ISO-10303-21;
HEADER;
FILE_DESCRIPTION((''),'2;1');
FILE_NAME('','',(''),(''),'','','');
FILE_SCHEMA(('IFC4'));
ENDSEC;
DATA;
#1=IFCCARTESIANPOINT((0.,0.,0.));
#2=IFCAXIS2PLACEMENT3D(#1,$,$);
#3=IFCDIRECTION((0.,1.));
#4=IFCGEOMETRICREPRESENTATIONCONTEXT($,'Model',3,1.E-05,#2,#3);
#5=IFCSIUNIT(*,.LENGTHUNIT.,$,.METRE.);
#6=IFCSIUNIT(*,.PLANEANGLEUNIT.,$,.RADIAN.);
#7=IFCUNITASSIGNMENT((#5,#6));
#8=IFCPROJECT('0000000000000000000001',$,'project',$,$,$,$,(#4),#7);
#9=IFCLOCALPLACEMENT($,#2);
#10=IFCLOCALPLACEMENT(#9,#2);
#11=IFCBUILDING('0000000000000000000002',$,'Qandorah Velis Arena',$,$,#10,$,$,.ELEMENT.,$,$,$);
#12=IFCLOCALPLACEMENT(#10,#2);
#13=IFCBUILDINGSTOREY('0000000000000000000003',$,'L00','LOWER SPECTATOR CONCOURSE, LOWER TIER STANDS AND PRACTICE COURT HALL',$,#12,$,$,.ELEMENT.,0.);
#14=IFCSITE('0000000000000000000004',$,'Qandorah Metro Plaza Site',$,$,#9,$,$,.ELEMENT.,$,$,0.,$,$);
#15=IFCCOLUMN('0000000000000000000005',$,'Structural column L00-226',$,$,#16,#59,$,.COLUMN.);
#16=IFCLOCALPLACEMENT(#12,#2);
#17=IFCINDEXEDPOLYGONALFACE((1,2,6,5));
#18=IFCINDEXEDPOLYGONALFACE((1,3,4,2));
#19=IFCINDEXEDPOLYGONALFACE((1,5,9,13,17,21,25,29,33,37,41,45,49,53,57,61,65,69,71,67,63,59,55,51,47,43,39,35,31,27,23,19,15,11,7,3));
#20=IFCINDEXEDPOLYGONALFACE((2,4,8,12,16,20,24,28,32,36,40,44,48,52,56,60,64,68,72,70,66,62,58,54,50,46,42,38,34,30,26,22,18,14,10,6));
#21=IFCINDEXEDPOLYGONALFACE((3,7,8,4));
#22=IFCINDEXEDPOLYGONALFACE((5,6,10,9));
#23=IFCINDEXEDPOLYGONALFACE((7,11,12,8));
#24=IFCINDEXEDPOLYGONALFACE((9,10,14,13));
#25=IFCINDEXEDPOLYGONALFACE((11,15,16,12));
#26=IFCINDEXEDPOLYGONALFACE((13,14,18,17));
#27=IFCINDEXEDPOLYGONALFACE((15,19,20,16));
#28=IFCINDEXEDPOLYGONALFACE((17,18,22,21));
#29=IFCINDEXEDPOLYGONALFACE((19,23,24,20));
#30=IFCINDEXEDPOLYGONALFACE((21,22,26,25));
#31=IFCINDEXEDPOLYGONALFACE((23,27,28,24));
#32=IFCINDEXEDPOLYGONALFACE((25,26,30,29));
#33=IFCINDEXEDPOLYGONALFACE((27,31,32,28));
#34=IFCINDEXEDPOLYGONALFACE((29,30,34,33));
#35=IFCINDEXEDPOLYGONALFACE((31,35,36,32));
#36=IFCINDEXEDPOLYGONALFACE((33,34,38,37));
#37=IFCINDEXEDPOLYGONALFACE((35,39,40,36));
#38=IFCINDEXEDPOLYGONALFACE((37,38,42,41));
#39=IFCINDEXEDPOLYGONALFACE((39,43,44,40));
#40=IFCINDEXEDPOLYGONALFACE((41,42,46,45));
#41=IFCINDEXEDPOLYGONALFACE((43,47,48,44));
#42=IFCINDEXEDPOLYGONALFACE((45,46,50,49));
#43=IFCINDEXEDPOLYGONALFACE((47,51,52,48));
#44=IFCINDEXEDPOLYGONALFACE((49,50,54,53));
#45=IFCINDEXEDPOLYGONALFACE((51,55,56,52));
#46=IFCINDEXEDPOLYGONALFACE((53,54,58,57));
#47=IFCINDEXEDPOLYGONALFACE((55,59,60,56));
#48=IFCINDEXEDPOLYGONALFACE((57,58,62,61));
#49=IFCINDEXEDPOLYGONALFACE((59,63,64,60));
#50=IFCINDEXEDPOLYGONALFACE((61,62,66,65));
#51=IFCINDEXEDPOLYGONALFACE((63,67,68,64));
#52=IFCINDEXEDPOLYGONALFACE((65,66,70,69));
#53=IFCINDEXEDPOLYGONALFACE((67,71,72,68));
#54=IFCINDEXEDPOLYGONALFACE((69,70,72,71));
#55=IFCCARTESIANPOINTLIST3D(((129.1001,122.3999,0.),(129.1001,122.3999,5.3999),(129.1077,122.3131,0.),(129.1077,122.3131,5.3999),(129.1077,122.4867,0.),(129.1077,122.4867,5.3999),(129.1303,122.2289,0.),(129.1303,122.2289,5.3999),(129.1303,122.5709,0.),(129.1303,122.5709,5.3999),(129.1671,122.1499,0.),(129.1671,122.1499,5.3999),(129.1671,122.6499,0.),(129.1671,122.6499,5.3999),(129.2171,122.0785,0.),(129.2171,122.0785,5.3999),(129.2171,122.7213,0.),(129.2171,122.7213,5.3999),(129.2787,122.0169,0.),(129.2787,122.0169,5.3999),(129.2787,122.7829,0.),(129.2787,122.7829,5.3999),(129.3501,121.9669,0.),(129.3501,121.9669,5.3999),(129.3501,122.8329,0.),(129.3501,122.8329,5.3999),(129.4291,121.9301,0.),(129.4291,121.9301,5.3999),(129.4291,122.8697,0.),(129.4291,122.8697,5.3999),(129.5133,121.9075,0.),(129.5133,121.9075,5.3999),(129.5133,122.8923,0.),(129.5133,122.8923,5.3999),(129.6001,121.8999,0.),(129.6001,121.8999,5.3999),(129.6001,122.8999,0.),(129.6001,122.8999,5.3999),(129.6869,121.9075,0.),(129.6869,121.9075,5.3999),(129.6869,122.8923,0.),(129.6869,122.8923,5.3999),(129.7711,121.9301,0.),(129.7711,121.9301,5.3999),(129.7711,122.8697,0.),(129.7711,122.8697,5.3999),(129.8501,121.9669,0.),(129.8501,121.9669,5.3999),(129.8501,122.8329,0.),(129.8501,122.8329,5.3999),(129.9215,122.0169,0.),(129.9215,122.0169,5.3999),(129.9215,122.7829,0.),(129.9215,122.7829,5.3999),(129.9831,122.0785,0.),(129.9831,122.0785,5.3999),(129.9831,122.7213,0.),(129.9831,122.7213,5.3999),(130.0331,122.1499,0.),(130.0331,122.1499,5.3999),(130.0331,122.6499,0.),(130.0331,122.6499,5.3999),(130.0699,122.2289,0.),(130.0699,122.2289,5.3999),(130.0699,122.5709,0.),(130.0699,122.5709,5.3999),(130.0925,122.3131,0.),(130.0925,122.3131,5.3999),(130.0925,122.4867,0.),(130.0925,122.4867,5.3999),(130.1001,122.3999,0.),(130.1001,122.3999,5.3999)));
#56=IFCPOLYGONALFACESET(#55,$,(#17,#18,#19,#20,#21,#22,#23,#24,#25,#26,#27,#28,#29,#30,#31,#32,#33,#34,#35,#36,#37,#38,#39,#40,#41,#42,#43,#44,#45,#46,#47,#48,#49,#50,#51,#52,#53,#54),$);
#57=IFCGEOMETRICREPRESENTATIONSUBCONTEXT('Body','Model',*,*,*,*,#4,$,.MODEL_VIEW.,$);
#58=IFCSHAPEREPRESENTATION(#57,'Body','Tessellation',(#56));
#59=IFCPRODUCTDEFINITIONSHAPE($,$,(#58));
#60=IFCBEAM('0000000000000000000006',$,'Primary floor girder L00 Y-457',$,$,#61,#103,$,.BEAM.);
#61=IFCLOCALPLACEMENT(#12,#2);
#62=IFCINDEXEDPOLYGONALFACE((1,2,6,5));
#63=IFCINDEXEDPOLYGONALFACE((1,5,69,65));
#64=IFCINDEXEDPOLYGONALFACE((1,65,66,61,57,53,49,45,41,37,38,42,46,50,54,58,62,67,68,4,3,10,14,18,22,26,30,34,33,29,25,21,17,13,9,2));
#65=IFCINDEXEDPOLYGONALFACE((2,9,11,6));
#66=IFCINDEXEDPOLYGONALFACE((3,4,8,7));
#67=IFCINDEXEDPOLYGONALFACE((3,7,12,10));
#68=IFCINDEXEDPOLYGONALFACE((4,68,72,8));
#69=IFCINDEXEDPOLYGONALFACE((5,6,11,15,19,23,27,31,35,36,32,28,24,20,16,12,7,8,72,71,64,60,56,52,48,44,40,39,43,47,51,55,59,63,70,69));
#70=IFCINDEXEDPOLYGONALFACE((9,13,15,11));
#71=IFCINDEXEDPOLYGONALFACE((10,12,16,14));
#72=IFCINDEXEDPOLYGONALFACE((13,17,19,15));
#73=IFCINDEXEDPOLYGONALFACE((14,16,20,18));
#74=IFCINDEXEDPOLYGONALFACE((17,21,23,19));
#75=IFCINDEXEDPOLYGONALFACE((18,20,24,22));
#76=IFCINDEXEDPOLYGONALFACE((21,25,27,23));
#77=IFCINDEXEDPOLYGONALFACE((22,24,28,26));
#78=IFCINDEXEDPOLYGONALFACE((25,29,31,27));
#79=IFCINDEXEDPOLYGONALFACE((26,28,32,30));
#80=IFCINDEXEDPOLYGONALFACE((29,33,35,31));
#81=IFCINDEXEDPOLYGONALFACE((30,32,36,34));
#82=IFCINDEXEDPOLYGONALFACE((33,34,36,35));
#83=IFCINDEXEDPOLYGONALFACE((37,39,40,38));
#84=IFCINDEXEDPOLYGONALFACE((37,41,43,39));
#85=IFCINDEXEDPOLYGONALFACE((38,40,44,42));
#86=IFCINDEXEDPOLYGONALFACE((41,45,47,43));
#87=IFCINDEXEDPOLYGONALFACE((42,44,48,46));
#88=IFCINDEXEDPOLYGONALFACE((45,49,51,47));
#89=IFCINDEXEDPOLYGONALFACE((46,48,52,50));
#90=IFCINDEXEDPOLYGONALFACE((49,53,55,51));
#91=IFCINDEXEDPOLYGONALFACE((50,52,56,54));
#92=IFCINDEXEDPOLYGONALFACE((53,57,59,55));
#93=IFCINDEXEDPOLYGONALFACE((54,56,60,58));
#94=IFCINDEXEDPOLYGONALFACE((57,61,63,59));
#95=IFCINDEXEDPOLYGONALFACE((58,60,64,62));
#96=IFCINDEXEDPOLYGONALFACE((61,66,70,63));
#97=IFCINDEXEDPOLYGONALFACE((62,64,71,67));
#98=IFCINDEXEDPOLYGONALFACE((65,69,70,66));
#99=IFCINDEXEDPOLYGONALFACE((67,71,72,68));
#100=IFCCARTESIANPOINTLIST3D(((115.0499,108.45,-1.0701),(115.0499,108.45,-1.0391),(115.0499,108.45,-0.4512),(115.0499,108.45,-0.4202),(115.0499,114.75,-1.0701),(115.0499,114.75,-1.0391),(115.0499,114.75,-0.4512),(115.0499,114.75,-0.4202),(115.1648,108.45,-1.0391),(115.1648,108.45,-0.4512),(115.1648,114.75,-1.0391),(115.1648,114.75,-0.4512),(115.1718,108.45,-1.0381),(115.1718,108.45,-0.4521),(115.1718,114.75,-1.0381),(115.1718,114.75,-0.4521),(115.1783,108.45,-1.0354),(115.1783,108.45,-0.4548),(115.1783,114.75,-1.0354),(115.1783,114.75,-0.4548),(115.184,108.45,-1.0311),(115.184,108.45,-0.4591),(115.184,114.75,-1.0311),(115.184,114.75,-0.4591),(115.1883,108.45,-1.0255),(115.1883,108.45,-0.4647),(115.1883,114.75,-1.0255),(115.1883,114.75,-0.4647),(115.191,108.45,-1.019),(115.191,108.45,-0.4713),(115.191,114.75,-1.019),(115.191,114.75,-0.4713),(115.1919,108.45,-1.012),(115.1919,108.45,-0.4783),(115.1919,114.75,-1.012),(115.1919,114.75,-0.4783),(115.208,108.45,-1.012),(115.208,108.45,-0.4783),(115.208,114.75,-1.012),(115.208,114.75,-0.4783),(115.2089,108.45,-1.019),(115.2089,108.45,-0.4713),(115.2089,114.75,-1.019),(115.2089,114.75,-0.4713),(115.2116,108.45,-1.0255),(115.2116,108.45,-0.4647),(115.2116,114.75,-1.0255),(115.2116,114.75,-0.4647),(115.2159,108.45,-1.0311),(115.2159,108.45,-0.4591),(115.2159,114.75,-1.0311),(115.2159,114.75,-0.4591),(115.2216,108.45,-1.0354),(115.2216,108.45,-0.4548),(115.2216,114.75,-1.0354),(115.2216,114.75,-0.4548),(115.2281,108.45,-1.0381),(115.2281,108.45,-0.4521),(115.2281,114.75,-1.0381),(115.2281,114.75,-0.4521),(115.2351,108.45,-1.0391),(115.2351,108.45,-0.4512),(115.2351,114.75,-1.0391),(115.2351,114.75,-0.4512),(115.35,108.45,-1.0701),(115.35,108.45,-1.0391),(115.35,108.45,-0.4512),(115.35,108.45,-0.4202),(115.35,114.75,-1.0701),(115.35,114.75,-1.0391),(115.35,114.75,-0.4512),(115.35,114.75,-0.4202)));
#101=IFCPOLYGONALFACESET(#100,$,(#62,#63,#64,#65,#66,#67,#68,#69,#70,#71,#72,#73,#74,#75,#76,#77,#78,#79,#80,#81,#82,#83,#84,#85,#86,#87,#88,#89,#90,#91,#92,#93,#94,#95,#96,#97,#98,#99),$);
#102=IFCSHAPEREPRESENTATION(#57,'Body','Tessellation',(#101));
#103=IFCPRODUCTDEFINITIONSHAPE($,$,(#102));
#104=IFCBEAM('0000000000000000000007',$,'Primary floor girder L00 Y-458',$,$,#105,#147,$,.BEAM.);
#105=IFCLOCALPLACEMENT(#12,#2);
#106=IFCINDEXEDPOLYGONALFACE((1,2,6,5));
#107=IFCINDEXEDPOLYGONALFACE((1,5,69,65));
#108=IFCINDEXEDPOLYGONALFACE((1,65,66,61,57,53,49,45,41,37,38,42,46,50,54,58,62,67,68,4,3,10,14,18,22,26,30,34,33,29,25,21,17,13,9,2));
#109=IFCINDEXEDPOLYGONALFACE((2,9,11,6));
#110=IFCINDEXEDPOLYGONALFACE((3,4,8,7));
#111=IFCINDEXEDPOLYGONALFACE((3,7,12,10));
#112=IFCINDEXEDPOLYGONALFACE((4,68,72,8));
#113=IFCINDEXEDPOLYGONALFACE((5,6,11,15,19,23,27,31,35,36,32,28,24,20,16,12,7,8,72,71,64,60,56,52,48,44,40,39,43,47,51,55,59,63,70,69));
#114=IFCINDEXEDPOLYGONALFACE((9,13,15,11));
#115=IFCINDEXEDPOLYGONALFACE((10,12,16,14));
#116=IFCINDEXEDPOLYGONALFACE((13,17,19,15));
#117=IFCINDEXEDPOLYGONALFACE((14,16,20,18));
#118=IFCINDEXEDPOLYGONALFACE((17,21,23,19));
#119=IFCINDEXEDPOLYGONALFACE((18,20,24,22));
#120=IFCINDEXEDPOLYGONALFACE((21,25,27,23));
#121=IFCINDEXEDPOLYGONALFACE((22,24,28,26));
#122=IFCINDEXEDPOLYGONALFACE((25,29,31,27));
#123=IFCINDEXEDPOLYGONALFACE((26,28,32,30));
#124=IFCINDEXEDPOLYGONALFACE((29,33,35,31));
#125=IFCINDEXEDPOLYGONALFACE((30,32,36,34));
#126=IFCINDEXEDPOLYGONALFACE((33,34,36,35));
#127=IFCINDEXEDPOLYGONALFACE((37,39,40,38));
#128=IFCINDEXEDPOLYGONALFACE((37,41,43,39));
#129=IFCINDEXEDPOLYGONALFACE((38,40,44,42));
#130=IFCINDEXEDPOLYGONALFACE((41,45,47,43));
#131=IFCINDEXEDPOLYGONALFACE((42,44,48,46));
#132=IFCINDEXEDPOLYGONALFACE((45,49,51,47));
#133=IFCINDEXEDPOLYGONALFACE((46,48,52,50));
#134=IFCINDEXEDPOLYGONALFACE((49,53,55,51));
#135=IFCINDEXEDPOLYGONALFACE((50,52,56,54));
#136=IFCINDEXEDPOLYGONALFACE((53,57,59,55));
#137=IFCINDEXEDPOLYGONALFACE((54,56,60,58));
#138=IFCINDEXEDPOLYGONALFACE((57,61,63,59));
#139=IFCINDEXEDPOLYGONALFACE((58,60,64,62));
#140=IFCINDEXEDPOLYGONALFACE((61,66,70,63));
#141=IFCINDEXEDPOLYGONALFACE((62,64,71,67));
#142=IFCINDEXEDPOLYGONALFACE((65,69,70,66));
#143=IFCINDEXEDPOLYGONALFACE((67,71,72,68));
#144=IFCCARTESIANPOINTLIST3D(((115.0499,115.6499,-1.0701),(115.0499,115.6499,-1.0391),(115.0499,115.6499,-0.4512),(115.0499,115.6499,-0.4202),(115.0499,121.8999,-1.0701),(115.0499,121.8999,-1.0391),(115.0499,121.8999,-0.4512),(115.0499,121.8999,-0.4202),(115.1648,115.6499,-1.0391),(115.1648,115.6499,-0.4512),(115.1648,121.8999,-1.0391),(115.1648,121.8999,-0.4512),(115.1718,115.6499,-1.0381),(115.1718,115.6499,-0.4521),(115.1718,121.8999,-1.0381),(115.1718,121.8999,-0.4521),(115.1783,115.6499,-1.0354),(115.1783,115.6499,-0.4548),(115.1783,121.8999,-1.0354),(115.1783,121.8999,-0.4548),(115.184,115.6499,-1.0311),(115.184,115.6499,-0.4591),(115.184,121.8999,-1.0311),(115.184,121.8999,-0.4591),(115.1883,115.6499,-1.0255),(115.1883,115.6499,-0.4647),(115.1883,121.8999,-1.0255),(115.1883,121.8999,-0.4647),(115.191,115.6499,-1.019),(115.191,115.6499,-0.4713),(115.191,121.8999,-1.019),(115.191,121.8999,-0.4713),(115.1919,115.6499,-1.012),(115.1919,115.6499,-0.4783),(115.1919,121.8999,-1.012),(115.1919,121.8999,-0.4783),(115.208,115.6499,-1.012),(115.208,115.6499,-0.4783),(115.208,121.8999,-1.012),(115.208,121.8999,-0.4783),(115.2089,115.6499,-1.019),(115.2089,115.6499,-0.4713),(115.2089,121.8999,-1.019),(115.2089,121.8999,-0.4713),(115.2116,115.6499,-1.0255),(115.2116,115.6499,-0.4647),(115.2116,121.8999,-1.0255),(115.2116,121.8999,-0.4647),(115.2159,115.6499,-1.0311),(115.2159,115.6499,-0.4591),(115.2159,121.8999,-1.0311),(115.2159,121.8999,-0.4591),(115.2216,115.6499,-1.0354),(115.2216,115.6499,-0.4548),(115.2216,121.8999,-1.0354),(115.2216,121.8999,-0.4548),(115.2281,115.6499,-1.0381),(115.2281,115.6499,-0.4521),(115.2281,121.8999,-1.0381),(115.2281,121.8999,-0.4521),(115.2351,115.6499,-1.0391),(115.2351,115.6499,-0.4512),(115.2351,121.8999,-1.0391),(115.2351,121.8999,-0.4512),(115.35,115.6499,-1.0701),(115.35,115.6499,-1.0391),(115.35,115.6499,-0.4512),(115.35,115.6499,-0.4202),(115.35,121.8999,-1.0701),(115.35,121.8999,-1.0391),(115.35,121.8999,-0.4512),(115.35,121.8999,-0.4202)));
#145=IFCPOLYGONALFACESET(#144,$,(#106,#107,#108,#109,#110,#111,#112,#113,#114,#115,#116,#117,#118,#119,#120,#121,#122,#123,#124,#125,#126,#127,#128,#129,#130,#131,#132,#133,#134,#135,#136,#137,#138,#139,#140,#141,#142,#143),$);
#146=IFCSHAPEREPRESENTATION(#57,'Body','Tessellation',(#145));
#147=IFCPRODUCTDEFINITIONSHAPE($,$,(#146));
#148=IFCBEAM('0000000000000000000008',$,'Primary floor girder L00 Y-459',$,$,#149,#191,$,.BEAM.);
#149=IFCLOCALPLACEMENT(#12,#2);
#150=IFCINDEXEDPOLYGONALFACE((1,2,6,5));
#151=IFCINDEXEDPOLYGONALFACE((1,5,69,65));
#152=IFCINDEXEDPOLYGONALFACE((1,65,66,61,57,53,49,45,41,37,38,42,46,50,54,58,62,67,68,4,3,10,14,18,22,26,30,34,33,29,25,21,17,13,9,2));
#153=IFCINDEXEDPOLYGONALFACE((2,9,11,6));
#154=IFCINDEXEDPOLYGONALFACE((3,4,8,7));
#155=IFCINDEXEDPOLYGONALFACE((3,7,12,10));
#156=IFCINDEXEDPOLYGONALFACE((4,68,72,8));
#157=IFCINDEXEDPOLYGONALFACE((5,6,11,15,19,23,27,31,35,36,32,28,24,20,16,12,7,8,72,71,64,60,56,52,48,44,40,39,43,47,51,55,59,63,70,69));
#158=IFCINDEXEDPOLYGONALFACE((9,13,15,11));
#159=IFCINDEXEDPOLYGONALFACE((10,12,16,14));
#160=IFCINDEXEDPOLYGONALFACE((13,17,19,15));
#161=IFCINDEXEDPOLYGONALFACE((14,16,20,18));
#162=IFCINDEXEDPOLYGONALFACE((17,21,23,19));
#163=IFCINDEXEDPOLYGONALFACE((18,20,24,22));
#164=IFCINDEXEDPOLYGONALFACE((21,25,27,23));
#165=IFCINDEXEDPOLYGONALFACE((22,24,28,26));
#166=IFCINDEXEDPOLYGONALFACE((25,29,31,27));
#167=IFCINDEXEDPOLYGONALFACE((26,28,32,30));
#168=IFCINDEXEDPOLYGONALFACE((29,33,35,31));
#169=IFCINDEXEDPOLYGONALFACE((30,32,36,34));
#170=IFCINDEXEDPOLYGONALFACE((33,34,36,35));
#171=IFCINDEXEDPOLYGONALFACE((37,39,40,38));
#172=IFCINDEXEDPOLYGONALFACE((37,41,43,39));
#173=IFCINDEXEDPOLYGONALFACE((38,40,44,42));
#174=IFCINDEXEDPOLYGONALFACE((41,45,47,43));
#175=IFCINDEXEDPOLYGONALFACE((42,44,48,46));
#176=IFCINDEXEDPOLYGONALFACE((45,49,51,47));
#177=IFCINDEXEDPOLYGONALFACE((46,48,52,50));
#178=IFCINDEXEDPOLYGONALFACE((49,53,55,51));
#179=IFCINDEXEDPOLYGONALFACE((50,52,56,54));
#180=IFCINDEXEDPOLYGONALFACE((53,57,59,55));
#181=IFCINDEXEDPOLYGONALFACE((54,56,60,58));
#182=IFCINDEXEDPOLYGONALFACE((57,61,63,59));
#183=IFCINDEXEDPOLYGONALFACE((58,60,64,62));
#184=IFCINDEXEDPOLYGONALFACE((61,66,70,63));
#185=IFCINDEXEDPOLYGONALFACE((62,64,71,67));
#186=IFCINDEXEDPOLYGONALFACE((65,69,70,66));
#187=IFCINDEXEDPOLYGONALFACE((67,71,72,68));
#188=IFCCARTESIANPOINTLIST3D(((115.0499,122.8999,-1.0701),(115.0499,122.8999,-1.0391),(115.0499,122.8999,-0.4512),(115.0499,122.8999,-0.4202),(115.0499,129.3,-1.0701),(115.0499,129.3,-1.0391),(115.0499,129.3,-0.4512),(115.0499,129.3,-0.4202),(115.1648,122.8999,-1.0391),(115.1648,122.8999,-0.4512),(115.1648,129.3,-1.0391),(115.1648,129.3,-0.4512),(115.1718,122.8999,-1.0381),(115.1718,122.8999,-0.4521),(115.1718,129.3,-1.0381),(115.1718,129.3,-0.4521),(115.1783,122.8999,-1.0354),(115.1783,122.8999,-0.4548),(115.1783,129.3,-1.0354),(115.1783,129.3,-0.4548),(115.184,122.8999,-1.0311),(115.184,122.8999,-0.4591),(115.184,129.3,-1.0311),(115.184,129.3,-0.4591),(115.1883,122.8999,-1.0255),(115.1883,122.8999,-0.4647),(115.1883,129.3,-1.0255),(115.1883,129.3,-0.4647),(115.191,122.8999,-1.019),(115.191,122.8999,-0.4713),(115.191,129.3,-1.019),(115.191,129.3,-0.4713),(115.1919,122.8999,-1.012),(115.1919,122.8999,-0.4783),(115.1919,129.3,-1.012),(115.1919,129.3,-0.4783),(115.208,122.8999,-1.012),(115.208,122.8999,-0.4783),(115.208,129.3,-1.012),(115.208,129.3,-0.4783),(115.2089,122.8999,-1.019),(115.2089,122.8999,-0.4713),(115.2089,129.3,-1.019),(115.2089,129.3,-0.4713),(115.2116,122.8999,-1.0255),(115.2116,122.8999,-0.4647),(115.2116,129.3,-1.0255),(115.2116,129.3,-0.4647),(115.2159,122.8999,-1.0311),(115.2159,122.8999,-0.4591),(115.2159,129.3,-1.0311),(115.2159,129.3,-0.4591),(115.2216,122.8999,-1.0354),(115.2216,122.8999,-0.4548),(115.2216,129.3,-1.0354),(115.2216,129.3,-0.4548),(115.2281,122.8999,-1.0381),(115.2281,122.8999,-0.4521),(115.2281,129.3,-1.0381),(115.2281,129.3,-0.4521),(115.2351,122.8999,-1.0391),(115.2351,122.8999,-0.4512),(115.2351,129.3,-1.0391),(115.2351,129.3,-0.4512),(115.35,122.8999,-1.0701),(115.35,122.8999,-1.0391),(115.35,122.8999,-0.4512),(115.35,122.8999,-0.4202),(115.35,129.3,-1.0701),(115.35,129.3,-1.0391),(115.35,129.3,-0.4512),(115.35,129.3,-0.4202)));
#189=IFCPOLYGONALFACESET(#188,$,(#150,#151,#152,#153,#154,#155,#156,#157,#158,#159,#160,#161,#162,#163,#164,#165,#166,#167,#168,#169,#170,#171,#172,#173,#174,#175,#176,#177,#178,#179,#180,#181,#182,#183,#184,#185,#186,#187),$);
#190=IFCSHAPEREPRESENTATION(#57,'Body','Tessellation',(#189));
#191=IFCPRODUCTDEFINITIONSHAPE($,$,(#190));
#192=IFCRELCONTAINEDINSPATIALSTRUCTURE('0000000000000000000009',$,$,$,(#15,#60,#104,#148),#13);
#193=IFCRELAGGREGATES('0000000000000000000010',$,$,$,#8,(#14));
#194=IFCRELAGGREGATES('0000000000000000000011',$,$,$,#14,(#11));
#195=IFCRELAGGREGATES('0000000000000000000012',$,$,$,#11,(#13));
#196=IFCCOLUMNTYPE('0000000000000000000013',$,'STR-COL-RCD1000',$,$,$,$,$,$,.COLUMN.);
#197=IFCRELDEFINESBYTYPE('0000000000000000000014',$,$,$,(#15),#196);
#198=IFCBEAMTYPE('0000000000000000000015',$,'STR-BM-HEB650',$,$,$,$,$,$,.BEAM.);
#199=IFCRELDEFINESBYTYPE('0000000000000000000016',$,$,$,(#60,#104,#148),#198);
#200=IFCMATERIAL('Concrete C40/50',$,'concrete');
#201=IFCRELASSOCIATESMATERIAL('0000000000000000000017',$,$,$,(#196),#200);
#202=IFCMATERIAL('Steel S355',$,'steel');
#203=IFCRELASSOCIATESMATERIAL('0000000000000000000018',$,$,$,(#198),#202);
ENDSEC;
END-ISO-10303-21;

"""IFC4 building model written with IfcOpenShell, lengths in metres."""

from ifc_helpers import new_model, si_unit, direction, frame, origin, origin_2d, place, context, subcontext, project, spatial, circle, i_section, extrude, material, material_profile, profile_set, type_object, element, save


model = new_model("IFC4")

# Units and contexts
model_context = context("Model", 3, precision=1e-05, world=origin(), true_north=direction((0.0, 1.0)))
body_context = subcontext(model_context, "Body", "Model", "MODEL_VIEW")
ifc_project = project(units=[si_unit("LENGTHUNIT", "METRE"), si_unit("PLANEANGLEUNIT", "RADIAN")], contexts=[model_context])

# Site, building, storey
site_placement = place(None, origin())
site = spatial("IfcSite", under=ifc_project, at=site_placement, Name="Qandorah Metro Plaza Site", CompositionType="ELEMENT", RefElevation=0.0)
building_placement = place(site_placement, origin())
building = spatial("IfcBuilding", under=site, at=building_placement, Name="Qandorah Velis Arena", CompositionType="ELEMENT")
storey_placement = place(building_placement, origin())
storey = spatial("IfcBuildingStorey", under=building, at=storey_placement, Name="L00", Description="LOWER SPECTATOR CONCOURSE, LOWER TIER STANDS AND PRACTICE COURT HALL", CompositionType="ELEMENT", Elevation=0.0)

# Column
ifc_material_1 = material(Name="Concrete C40/50", Category="concrete")
ifc_material_profile_1 = material_profile(ifc_material_1, circle(Radius=0.5, at=origin_2d()), Name="RC D1000")
ifc_profile_set_1 = profile_set([ifc_material_profile_1], Name="Concrete C40/50")
column_type_1 = type_object("IfcColumnType", Name="STR-COL-RCD1000", PredefinedType="COLUMN", material=ifc_profile_set_1)
for number, where, z_axis, x_axis, name in (
    (1, (129.6001, 122.3999, 0.0), (0.0, 0.0, 1.0), (1.0, 0.0, 0.0), "Structural column L00-226"),
):
    element("IfcColumn", number, at=place(storey_placement, frame(where, z_axis=z_axis, x_axis=x_axis)), inside=storey, type_object=column_type_1, Name=name, PredefinedType="COLUMN", context=body_context, shape_type="SweptSolid", body=[
        extrude(circle(Radius=0.5, at=origin_2d()), origin(), (0.0, 0.0, 1.0), 5.3999),
    ])

# Beams
ifc_material_2 = material(Name="Steel S355", Category="steel")
ifc_material_profile_2 = material_profile(ifc_material_2, i_section(OverallWidth=0.3, OverallDepth=0.6499, WebThickness=0.0161, FlangeThickness=0.031, FilletRadius=0.0271, at=origin_2d()), Name="HEB 650")
ifc_profile_set_2 = profile_set([ifc_material_profile_2], Name="Steel S355")
beam_type_1 = type_object("IfcBeamType", Name="STR-BM-HEB650", PredefinedType="BEAM", material=ifc_profile_set_2)
beam_1_placement = place(storey_placement, frame((115.2, 108.45, -0.7451), z_axis=(0.0, 1.0, 0.0), x_axis=(-1.0, 0.0, 0.0)))
element("IfcBeam", 2, at=beam_1_placement, inside=storey, type_object=beam_type_1, Name="Primary floor girder L00 Y-457", PredefinedType="BEAM", context=body_context, shape_type="SweptSolid", body=[
    extrude(i_section(OverallWidth=0.3, OverallDepth=0.6499, WebThickness=0.0161, FlangeThickness=0.031, FilletRadius=0.0271, at=origin_2d()), origin(), (0.0, 0.0, 1.0), 6.3),
])
beam_2_placement = place(storey_placement, frame((115.2, 115.6499, -0.7451), z_axis=(0.0, 1.0, 0.0), x_axis=(-1.0, 0.0, 0.0)))
element("IfcBeam", 3, at=beam_2_placement, inside=storey, type_object=beam_type_1, Name="Primary floor girder L00 Y-458", PredefinedType="BEAM", context=body_context, shape_type="SweptSolid", body=[
    extrude(i_section(OverallWidth=0.3, OverallDepth=0.6499, WebThickness=0.0161, FlangeThickness=0.031, FilletRadius=0.0271, at=origin_2d()), origin(), (0.0, 0.0, 1.0), 6.25),
])
beam_3_placement = place(storey_placement, frame((115.2, 122.8999, -0.7451), z_axis=(0.0, 1.0, 0.0), x_axis=(-1.0, 0.0, 0.0)))
element("IfcBeam", 4, at=beam_3_placement, inside=storey, type_object=beam_type_1, Name="Primary floor girder L00 Y-459", PredefinedType="BEAM", context=body_context, shape_type="SweptSolid", body=[
    extrude(i_section(OverallWidth=0.3, OverallDepth=0.6499, WebThickness=0.0161, FlangeThickness=0.031, FilletRadius=0.0271, at=origin_2d()), origin(), (0.0, 0.0, 1.0), 6.4001),
])

save(model, "model.ifc")
